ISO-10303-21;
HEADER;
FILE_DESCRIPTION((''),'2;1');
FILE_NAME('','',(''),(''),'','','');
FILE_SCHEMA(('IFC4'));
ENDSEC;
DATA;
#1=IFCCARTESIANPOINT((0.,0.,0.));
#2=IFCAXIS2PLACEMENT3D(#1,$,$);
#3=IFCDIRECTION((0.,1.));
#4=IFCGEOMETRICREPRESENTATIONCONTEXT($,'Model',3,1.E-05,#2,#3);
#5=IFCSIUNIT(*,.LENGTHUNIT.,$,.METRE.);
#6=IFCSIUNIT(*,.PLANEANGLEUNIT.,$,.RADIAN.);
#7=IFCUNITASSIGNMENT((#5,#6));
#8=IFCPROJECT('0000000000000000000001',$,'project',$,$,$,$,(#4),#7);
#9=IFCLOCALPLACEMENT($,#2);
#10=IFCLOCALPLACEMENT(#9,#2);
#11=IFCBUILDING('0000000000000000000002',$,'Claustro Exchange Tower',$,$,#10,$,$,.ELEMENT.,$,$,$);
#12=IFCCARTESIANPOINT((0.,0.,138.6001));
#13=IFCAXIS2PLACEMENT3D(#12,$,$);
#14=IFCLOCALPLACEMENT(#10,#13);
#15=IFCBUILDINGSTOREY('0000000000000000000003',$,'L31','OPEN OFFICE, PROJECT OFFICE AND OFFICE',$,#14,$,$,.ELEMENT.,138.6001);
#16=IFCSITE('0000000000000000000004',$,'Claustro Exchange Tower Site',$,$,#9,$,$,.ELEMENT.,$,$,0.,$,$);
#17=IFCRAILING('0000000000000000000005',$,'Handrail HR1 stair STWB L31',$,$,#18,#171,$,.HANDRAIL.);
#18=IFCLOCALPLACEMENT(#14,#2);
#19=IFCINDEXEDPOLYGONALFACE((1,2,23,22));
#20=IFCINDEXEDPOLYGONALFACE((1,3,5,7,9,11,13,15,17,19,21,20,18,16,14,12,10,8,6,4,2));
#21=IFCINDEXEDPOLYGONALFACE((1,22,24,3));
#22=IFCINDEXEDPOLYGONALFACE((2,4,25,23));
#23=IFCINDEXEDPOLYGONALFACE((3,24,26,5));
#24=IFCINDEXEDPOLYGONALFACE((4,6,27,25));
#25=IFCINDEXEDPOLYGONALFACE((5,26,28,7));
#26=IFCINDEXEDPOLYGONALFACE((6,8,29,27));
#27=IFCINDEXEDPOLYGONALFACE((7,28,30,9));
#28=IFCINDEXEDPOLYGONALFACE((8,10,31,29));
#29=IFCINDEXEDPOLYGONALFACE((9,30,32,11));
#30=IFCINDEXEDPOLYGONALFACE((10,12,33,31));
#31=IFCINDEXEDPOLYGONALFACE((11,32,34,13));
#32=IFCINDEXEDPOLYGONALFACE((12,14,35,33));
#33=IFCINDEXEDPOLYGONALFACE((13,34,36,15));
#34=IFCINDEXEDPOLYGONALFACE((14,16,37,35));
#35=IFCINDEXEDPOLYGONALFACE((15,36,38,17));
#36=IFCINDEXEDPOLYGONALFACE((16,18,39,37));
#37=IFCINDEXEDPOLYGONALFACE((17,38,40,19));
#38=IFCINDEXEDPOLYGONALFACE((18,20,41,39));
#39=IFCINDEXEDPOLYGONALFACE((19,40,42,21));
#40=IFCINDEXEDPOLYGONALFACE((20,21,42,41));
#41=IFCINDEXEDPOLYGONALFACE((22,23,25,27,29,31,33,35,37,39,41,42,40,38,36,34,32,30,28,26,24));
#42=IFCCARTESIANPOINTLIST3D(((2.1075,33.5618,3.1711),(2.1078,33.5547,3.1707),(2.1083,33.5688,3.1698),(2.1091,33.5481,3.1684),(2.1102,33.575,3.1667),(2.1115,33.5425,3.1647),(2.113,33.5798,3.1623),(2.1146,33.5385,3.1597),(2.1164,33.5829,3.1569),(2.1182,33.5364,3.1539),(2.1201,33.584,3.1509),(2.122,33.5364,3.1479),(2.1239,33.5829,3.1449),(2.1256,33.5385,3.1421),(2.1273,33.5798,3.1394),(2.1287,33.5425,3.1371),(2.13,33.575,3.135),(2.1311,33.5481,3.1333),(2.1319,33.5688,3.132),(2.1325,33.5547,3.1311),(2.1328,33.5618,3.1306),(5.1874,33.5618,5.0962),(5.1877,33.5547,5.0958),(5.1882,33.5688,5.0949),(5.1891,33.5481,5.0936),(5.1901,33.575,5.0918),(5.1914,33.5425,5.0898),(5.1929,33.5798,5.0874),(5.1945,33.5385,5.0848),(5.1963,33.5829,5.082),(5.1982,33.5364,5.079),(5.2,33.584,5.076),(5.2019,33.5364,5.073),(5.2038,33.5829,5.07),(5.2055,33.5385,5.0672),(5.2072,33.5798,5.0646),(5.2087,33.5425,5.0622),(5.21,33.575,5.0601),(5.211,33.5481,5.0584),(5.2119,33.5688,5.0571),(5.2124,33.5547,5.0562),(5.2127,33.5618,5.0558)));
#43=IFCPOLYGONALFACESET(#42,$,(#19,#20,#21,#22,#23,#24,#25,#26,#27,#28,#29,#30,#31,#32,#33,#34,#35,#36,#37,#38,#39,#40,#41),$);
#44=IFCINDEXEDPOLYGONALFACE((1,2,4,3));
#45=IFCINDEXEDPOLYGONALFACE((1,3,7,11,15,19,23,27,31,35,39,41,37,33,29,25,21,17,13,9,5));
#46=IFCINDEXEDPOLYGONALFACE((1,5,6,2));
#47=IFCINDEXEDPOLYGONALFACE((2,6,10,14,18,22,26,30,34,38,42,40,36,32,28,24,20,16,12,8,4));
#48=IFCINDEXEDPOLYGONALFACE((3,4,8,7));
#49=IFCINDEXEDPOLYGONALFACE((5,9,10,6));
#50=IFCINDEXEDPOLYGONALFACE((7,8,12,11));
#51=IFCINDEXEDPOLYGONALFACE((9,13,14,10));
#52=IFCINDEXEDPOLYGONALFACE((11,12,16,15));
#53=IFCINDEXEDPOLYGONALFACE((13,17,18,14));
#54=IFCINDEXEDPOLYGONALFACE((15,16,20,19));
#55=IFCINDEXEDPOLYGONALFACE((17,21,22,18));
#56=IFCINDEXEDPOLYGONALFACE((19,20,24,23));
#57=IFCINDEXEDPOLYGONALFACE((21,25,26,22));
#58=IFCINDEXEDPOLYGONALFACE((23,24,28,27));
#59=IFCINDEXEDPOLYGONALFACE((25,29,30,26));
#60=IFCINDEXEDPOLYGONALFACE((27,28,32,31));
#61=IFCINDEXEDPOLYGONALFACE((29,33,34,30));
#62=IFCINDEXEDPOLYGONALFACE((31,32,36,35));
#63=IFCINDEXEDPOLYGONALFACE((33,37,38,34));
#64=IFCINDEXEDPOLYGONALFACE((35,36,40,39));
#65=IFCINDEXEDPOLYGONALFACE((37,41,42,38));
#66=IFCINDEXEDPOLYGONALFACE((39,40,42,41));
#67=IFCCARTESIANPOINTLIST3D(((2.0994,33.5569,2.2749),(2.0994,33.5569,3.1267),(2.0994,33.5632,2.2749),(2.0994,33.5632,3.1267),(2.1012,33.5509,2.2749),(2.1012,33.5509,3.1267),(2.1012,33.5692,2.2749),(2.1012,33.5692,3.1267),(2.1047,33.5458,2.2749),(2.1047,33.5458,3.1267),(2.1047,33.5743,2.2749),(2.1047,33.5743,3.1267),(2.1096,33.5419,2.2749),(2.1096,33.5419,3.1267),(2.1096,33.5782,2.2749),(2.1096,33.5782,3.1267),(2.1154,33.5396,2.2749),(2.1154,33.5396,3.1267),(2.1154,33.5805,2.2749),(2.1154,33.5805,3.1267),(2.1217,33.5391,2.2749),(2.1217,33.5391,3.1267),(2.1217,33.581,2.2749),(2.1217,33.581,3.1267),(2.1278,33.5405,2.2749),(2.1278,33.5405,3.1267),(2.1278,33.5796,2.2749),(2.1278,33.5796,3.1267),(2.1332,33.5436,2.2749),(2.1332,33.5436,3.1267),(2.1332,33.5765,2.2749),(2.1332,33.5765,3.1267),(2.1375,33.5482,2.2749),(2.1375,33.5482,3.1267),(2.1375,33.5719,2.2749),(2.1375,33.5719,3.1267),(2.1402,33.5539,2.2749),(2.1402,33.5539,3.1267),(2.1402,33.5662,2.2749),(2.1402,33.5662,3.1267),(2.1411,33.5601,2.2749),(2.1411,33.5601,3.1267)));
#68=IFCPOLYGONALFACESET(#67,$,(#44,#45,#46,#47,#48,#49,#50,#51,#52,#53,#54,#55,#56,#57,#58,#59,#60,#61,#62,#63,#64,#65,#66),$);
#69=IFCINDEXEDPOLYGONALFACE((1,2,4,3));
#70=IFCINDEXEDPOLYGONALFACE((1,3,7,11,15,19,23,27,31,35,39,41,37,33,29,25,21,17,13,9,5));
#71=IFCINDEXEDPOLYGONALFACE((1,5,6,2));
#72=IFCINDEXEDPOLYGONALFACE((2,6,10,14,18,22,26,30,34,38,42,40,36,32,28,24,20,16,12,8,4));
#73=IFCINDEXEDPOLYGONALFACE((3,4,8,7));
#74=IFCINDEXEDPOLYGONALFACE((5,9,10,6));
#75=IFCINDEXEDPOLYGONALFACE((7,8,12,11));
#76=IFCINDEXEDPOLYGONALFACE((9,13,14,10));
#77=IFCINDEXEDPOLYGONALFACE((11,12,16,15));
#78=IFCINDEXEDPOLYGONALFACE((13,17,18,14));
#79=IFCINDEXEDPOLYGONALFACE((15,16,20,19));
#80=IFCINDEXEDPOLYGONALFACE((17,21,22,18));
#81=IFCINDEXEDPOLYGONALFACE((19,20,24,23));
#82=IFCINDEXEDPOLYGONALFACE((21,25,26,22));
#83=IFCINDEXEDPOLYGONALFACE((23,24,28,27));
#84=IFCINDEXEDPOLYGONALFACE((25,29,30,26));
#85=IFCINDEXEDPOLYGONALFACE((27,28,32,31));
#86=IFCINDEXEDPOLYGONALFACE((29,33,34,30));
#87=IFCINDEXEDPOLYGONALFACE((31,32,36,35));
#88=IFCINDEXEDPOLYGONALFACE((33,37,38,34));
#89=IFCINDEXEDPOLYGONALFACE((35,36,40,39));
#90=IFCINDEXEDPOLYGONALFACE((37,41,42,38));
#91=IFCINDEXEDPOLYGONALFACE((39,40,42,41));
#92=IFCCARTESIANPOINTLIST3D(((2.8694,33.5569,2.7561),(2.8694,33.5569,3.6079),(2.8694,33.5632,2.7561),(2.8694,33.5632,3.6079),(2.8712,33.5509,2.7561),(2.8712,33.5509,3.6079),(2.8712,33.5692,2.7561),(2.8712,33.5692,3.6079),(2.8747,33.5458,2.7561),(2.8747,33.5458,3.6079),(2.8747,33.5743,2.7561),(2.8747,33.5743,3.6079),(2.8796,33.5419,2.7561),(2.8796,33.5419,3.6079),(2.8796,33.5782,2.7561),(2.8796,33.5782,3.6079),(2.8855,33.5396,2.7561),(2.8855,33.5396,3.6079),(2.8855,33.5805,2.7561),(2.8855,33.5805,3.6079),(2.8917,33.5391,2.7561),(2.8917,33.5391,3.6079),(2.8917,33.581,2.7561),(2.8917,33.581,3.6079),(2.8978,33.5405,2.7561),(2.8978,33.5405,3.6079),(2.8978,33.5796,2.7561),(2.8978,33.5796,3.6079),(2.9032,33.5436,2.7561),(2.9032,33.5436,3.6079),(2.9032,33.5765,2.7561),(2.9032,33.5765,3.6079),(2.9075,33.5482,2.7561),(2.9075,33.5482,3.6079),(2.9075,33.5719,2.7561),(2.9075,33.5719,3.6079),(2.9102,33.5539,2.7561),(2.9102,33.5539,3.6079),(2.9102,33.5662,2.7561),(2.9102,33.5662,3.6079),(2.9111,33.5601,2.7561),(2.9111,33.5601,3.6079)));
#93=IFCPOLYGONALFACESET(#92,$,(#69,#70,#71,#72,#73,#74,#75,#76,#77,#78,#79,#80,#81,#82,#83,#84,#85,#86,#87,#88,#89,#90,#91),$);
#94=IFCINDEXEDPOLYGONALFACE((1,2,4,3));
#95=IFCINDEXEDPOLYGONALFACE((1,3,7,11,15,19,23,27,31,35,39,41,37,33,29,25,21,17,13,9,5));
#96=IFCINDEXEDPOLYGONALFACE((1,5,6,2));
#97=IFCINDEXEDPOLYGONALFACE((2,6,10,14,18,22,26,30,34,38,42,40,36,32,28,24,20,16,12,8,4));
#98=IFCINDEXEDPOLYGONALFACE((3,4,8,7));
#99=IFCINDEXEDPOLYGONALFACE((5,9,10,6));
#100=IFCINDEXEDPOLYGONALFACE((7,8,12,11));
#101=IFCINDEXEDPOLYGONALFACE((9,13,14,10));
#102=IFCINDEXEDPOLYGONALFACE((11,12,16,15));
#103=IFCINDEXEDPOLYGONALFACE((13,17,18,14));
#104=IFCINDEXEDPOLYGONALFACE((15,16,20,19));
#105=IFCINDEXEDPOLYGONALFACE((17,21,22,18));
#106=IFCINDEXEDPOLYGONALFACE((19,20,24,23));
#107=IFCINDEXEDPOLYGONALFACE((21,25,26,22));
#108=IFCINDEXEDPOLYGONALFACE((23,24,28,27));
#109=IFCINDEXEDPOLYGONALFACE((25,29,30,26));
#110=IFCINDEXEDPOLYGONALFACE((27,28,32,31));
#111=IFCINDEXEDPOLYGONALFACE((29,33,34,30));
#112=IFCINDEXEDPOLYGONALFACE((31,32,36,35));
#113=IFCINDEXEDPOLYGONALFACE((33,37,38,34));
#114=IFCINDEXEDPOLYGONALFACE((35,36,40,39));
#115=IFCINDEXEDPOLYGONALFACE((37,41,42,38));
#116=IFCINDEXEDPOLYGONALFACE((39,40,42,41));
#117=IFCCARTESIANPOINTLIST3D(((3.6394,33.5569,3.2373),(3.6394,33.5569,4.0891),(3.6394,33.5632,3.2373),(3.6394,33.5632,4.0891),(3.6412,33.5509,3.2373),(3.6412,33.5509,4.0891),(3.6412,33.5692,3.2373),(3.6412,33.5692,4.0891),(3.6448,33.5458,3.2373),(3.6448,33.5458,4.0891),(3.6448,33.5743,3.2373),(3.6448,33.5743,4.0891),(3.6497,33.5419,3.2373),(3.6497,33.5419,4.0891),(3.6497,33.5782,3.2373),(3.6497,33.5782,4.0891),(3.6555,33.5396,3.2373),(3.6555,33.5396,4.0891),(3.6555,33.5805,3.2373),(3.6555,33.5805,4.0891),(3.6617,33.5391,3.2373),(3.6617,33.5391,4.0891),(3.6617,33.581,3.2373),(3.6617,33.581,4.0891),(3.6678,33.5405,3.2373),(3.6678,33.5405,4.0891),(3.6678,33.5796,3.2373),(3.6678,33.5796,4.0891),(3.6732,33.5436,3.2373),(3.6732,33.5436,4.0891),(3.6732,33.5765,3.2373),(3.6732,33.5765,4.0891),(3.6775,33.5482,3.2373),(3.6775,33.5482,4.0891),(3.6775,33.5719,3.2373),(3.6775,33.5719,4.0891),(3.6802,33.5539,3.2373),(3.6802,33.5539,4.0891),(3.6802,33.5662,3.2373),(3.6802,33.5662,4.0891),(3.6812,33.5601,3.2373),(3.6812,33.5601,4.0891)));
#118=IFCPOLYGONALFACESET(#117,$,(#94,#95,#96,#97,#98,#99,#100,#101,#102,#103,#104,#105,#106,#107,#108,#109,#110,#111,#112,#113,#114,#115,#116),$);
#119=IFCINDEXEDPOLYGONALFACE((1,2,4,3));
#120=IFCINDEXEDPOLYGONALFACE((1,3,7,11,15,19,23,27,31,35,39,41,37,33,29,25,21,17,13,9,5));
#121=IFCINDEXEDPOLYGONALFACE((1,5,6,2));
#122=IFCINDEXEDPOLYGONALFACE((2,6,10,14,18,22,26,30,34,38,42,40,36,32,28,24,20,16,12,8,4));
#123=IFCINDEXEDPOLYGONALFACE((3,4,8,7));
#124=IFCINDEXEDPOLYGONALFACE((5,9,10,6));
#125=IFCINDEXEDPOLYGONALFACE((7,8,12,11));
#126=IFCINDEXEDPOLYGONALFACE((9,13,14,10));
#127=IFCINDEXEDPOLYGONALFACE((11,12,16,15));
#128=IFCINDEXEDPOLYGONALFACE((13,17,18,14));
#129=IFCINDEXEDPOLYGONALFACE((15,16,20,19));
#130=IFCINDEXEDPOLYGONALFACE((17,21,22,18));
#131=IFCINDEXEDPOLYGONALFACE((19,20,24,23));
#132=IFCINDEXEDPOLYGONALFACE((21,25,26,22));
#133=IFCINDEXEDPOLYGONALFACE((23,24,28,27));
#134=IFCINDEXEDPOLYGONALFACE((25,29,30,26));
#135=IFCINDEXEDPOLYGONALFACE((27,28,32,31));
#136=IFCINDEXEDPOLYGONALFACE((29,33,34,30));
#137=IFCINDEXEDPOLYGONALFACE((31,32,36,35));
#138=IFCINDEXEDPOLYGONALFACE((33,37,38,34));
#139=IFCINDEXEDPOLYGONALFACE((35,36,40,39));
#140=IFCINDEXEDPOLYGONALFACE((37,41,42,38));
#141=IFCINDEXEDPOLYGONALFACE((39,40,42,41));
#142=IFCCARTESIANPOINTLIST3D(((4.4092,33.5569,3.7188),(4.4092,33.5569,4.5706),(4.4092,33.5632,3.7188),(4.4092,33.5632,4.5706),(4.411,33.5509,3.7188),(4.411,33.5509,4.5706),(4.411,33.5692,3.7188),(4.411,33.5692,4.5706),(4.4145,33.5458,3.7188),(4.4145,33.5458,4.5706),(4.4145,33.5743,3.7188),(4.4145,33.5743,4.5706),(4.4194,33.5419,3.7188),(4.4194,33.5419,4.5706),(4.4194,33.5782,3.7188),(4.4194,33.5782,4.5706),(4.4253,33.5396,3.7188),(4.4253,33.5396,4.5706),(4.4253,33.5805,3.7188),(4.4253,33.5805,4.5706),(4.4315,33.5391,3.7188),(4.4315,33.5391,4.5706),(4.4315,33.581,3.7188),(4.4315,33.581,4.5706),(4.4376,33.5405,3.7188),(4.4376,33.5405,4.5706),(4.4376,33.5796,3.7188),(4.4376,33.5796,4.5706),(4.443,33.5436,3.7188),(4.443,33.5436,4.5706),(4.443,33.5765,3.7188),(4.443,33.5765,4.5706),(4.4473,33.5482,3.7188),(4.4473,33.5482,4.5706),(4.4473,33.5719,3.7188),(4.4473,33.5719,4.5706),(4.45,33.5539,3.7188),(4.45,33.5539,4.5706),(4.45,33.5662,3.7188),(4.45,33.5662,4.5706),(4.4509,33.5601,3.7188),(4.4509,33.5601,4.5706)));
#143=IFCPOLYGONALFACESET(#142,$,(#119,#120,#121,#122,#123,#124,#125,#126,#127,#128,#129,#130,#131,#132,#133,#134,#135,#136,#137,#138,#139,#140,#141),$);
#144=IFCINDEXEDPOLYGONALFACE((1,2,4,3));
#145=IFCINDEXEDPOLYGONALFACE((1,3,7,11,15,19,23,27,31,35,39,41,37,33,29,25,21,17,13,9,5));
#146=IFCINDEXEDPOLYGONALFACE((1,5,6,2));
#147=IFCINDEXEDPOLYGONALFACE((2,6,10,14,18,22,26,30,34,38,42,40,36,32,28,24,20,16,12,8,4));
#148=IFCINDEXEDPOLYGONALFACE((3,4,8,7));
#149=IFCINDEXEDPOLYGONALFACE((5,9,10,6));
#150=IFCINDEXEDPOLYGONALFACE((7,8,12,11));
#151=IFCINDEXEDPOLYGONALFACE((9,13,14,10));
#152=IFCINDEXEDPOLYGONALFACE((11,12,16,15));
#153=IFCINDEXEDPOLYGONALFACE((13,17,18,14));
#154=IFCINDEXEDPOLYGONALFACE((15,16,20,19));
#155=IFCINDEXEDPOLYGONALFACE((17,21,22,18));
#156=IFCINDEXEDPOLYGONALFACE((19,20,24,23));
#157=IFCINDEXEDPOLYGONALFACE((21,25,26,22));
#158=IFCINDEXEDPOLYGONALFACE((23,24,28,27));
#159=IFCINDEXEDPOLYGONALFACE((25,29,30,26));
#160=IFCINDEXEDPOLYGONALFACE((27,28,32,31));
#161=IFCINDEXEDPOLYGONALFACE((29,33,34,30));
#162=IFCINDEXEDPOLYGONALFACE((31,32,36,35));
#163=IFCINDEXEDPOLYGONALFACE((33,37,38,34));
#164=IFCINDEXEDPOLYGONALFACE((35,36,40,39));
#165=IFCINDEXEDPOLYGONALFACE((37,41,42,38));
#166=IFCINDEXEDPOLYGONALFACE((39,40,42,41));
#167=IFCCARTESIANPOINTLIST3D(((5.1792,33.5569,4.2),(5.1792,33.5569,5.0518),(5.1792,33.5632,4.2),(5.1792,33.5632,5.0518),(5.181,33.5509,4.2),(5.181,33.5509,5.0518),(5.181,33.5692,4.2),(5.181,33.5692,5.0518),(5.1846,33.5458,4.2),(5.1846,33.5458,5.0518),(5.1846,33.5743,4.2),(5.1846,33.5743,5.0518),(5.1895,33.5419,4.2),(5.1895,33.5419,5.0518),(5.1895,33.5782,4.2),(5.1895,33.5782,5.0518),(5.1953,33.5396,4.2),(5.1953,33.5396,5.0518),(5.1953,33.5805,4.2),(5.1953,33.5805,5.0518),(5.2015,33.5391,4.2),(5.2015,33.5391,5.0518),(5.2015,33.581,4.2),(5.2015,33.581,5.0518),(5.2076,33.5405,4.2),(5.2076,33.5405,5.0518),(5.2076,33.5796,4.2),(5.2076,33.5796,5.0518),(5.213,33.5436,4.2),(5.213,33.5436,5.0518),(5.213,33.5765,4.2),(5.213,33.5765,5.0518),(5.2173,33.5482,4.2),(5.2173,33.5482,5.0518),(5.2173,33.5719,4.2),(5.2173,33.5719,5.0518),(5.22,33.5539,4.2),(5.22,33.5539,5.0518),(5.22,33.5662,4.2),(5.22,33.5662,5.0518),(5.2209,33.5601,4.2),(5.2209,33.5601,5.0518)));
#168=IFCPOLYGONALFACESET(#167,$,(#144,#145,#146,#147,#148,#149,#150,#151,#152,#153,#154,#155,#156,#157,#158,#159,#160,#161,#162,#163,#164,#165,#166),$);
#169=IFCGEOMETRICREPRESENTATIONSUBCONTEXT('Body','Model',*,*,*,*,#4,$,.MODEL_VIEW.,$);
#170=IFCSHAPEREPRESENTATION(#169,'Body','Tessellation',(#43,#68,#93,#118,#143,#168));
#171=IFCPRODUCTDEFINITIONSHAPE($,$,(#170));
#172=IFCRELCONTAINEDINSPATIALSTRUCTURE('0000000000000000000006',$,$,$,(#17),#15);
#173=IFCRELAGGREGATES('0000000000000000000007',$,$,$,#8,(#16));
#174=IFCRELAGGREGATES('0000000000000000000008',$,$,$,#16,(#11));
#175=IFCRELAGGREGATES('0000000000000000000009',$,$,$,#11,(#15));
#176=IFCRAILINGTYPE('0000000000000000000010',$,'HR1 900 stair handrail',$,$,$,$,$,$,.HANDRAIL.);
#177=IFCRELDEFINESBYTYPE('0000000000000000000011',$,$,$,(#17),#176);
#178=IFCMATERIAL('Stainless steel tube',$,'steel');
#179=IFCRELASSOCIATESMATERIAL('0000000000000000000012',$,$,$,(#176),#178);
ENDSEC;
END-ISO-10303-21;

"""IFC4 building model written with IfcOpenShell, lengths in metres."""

from ifc_helpers import new_model, si_unit, direction, frame, origin, origin_2d, place, context, subcontext, project, spatial, circle, extrude, material, type_object, element, save


model = new_model("IFC4")

# Units and contexts
model_context = context("Model", 3, precision=1e-05, world=origin(), true_north=direction((0.0, 1.0)))
body_context = subcontext(model_context, "Body", "Model", "MODEL_VIEW")
ifc_project = project(units=[si_unit("LENGTHUNIT", "METRE"), si_unit("PLANEANGLEUNIT", "RADIAN")], contexts=[model_context])

# Site, building, storey
site_placement = place(None, origin())
site = spatial("IfcSite", under=ifc_project, at=site_placement, Name="Claustro Exchange Tower Site", CompositionType="ELEMENT", RefElevation=0.0)
building_placement = place(site_placement, origin())
building = spatial("IfcBuilding", under=site, at=building_placement, Name="Claustro Exchange Tower", CompositionType="ELEMENT")
storey_placement = place(building_placement, frame((0.0, 0.0, 138.6001)))
storey = spatial("IfcBuildingStorey", under=building, at=storey_placement, Name="L31", Description="OPEN OFFICE, PROJECT OFFICE AND OFFICE", CompositionType="ELEMENT", Elevation=138.6001)

# Railing
ifc_material_1 = material(Name="Stainless steel tube", Category="steel")
railing_type_1 = type_object("IfcRailingType", Name="HR1 900 stair handrail", PredefinedType="HANDRAIL", material=ifc_material_1)
railing_1_placement = place(storey_placement, frame((2.1201, 33.5601, 2.2749)))
element("IfcRailing", 1, at=railing_1_placement, inside=storey, type_object=railing_type_1, Name="Handrail HR1 stair STWB L31", PredefinedType="HANDRAIL", context=body_context, shape_type="SweptSolid", body=[
    extrude(circle(Radius=0.0239, at=origin_2d()), frame((0.0, 0.0, 0.876), z_axis=(0.847979, 0.0, 0.530029), x_axis=(0.0, 1.0, 0.0)), (0.0, 0.0, 1.0), 3.6321),
    extrude(circle(Radius=0.021, at=origin_2d()), origin(), (0.0, 0.0, 1.0), 0.8518),
    extrude(circle(Radius=0.021, at=origin_2d()), frame((0.77, 0.0, 0.4812)), (0.0, 0.0, 1.0), 0.8518),
    extrude(circle(Radius=0.021, at=origin_2d()), frame((1.54, 0.0, 0.9624)), (0.0, 0.0, 1.0), 0.8518),
    extrude(circle(Radius=0.021, at=origin_2d()), frame((2.3098, 0.0, 1.4438)), (0.0, 0.0, 1.0), 0.8518),
    extrude(circle(Radius=0.021, at=origin_2d()), frame((3.0798, 0.0, 1.925)), (0.0, 0.0, 1.0), 0.8518),
])

save(model, "model.ifc")
